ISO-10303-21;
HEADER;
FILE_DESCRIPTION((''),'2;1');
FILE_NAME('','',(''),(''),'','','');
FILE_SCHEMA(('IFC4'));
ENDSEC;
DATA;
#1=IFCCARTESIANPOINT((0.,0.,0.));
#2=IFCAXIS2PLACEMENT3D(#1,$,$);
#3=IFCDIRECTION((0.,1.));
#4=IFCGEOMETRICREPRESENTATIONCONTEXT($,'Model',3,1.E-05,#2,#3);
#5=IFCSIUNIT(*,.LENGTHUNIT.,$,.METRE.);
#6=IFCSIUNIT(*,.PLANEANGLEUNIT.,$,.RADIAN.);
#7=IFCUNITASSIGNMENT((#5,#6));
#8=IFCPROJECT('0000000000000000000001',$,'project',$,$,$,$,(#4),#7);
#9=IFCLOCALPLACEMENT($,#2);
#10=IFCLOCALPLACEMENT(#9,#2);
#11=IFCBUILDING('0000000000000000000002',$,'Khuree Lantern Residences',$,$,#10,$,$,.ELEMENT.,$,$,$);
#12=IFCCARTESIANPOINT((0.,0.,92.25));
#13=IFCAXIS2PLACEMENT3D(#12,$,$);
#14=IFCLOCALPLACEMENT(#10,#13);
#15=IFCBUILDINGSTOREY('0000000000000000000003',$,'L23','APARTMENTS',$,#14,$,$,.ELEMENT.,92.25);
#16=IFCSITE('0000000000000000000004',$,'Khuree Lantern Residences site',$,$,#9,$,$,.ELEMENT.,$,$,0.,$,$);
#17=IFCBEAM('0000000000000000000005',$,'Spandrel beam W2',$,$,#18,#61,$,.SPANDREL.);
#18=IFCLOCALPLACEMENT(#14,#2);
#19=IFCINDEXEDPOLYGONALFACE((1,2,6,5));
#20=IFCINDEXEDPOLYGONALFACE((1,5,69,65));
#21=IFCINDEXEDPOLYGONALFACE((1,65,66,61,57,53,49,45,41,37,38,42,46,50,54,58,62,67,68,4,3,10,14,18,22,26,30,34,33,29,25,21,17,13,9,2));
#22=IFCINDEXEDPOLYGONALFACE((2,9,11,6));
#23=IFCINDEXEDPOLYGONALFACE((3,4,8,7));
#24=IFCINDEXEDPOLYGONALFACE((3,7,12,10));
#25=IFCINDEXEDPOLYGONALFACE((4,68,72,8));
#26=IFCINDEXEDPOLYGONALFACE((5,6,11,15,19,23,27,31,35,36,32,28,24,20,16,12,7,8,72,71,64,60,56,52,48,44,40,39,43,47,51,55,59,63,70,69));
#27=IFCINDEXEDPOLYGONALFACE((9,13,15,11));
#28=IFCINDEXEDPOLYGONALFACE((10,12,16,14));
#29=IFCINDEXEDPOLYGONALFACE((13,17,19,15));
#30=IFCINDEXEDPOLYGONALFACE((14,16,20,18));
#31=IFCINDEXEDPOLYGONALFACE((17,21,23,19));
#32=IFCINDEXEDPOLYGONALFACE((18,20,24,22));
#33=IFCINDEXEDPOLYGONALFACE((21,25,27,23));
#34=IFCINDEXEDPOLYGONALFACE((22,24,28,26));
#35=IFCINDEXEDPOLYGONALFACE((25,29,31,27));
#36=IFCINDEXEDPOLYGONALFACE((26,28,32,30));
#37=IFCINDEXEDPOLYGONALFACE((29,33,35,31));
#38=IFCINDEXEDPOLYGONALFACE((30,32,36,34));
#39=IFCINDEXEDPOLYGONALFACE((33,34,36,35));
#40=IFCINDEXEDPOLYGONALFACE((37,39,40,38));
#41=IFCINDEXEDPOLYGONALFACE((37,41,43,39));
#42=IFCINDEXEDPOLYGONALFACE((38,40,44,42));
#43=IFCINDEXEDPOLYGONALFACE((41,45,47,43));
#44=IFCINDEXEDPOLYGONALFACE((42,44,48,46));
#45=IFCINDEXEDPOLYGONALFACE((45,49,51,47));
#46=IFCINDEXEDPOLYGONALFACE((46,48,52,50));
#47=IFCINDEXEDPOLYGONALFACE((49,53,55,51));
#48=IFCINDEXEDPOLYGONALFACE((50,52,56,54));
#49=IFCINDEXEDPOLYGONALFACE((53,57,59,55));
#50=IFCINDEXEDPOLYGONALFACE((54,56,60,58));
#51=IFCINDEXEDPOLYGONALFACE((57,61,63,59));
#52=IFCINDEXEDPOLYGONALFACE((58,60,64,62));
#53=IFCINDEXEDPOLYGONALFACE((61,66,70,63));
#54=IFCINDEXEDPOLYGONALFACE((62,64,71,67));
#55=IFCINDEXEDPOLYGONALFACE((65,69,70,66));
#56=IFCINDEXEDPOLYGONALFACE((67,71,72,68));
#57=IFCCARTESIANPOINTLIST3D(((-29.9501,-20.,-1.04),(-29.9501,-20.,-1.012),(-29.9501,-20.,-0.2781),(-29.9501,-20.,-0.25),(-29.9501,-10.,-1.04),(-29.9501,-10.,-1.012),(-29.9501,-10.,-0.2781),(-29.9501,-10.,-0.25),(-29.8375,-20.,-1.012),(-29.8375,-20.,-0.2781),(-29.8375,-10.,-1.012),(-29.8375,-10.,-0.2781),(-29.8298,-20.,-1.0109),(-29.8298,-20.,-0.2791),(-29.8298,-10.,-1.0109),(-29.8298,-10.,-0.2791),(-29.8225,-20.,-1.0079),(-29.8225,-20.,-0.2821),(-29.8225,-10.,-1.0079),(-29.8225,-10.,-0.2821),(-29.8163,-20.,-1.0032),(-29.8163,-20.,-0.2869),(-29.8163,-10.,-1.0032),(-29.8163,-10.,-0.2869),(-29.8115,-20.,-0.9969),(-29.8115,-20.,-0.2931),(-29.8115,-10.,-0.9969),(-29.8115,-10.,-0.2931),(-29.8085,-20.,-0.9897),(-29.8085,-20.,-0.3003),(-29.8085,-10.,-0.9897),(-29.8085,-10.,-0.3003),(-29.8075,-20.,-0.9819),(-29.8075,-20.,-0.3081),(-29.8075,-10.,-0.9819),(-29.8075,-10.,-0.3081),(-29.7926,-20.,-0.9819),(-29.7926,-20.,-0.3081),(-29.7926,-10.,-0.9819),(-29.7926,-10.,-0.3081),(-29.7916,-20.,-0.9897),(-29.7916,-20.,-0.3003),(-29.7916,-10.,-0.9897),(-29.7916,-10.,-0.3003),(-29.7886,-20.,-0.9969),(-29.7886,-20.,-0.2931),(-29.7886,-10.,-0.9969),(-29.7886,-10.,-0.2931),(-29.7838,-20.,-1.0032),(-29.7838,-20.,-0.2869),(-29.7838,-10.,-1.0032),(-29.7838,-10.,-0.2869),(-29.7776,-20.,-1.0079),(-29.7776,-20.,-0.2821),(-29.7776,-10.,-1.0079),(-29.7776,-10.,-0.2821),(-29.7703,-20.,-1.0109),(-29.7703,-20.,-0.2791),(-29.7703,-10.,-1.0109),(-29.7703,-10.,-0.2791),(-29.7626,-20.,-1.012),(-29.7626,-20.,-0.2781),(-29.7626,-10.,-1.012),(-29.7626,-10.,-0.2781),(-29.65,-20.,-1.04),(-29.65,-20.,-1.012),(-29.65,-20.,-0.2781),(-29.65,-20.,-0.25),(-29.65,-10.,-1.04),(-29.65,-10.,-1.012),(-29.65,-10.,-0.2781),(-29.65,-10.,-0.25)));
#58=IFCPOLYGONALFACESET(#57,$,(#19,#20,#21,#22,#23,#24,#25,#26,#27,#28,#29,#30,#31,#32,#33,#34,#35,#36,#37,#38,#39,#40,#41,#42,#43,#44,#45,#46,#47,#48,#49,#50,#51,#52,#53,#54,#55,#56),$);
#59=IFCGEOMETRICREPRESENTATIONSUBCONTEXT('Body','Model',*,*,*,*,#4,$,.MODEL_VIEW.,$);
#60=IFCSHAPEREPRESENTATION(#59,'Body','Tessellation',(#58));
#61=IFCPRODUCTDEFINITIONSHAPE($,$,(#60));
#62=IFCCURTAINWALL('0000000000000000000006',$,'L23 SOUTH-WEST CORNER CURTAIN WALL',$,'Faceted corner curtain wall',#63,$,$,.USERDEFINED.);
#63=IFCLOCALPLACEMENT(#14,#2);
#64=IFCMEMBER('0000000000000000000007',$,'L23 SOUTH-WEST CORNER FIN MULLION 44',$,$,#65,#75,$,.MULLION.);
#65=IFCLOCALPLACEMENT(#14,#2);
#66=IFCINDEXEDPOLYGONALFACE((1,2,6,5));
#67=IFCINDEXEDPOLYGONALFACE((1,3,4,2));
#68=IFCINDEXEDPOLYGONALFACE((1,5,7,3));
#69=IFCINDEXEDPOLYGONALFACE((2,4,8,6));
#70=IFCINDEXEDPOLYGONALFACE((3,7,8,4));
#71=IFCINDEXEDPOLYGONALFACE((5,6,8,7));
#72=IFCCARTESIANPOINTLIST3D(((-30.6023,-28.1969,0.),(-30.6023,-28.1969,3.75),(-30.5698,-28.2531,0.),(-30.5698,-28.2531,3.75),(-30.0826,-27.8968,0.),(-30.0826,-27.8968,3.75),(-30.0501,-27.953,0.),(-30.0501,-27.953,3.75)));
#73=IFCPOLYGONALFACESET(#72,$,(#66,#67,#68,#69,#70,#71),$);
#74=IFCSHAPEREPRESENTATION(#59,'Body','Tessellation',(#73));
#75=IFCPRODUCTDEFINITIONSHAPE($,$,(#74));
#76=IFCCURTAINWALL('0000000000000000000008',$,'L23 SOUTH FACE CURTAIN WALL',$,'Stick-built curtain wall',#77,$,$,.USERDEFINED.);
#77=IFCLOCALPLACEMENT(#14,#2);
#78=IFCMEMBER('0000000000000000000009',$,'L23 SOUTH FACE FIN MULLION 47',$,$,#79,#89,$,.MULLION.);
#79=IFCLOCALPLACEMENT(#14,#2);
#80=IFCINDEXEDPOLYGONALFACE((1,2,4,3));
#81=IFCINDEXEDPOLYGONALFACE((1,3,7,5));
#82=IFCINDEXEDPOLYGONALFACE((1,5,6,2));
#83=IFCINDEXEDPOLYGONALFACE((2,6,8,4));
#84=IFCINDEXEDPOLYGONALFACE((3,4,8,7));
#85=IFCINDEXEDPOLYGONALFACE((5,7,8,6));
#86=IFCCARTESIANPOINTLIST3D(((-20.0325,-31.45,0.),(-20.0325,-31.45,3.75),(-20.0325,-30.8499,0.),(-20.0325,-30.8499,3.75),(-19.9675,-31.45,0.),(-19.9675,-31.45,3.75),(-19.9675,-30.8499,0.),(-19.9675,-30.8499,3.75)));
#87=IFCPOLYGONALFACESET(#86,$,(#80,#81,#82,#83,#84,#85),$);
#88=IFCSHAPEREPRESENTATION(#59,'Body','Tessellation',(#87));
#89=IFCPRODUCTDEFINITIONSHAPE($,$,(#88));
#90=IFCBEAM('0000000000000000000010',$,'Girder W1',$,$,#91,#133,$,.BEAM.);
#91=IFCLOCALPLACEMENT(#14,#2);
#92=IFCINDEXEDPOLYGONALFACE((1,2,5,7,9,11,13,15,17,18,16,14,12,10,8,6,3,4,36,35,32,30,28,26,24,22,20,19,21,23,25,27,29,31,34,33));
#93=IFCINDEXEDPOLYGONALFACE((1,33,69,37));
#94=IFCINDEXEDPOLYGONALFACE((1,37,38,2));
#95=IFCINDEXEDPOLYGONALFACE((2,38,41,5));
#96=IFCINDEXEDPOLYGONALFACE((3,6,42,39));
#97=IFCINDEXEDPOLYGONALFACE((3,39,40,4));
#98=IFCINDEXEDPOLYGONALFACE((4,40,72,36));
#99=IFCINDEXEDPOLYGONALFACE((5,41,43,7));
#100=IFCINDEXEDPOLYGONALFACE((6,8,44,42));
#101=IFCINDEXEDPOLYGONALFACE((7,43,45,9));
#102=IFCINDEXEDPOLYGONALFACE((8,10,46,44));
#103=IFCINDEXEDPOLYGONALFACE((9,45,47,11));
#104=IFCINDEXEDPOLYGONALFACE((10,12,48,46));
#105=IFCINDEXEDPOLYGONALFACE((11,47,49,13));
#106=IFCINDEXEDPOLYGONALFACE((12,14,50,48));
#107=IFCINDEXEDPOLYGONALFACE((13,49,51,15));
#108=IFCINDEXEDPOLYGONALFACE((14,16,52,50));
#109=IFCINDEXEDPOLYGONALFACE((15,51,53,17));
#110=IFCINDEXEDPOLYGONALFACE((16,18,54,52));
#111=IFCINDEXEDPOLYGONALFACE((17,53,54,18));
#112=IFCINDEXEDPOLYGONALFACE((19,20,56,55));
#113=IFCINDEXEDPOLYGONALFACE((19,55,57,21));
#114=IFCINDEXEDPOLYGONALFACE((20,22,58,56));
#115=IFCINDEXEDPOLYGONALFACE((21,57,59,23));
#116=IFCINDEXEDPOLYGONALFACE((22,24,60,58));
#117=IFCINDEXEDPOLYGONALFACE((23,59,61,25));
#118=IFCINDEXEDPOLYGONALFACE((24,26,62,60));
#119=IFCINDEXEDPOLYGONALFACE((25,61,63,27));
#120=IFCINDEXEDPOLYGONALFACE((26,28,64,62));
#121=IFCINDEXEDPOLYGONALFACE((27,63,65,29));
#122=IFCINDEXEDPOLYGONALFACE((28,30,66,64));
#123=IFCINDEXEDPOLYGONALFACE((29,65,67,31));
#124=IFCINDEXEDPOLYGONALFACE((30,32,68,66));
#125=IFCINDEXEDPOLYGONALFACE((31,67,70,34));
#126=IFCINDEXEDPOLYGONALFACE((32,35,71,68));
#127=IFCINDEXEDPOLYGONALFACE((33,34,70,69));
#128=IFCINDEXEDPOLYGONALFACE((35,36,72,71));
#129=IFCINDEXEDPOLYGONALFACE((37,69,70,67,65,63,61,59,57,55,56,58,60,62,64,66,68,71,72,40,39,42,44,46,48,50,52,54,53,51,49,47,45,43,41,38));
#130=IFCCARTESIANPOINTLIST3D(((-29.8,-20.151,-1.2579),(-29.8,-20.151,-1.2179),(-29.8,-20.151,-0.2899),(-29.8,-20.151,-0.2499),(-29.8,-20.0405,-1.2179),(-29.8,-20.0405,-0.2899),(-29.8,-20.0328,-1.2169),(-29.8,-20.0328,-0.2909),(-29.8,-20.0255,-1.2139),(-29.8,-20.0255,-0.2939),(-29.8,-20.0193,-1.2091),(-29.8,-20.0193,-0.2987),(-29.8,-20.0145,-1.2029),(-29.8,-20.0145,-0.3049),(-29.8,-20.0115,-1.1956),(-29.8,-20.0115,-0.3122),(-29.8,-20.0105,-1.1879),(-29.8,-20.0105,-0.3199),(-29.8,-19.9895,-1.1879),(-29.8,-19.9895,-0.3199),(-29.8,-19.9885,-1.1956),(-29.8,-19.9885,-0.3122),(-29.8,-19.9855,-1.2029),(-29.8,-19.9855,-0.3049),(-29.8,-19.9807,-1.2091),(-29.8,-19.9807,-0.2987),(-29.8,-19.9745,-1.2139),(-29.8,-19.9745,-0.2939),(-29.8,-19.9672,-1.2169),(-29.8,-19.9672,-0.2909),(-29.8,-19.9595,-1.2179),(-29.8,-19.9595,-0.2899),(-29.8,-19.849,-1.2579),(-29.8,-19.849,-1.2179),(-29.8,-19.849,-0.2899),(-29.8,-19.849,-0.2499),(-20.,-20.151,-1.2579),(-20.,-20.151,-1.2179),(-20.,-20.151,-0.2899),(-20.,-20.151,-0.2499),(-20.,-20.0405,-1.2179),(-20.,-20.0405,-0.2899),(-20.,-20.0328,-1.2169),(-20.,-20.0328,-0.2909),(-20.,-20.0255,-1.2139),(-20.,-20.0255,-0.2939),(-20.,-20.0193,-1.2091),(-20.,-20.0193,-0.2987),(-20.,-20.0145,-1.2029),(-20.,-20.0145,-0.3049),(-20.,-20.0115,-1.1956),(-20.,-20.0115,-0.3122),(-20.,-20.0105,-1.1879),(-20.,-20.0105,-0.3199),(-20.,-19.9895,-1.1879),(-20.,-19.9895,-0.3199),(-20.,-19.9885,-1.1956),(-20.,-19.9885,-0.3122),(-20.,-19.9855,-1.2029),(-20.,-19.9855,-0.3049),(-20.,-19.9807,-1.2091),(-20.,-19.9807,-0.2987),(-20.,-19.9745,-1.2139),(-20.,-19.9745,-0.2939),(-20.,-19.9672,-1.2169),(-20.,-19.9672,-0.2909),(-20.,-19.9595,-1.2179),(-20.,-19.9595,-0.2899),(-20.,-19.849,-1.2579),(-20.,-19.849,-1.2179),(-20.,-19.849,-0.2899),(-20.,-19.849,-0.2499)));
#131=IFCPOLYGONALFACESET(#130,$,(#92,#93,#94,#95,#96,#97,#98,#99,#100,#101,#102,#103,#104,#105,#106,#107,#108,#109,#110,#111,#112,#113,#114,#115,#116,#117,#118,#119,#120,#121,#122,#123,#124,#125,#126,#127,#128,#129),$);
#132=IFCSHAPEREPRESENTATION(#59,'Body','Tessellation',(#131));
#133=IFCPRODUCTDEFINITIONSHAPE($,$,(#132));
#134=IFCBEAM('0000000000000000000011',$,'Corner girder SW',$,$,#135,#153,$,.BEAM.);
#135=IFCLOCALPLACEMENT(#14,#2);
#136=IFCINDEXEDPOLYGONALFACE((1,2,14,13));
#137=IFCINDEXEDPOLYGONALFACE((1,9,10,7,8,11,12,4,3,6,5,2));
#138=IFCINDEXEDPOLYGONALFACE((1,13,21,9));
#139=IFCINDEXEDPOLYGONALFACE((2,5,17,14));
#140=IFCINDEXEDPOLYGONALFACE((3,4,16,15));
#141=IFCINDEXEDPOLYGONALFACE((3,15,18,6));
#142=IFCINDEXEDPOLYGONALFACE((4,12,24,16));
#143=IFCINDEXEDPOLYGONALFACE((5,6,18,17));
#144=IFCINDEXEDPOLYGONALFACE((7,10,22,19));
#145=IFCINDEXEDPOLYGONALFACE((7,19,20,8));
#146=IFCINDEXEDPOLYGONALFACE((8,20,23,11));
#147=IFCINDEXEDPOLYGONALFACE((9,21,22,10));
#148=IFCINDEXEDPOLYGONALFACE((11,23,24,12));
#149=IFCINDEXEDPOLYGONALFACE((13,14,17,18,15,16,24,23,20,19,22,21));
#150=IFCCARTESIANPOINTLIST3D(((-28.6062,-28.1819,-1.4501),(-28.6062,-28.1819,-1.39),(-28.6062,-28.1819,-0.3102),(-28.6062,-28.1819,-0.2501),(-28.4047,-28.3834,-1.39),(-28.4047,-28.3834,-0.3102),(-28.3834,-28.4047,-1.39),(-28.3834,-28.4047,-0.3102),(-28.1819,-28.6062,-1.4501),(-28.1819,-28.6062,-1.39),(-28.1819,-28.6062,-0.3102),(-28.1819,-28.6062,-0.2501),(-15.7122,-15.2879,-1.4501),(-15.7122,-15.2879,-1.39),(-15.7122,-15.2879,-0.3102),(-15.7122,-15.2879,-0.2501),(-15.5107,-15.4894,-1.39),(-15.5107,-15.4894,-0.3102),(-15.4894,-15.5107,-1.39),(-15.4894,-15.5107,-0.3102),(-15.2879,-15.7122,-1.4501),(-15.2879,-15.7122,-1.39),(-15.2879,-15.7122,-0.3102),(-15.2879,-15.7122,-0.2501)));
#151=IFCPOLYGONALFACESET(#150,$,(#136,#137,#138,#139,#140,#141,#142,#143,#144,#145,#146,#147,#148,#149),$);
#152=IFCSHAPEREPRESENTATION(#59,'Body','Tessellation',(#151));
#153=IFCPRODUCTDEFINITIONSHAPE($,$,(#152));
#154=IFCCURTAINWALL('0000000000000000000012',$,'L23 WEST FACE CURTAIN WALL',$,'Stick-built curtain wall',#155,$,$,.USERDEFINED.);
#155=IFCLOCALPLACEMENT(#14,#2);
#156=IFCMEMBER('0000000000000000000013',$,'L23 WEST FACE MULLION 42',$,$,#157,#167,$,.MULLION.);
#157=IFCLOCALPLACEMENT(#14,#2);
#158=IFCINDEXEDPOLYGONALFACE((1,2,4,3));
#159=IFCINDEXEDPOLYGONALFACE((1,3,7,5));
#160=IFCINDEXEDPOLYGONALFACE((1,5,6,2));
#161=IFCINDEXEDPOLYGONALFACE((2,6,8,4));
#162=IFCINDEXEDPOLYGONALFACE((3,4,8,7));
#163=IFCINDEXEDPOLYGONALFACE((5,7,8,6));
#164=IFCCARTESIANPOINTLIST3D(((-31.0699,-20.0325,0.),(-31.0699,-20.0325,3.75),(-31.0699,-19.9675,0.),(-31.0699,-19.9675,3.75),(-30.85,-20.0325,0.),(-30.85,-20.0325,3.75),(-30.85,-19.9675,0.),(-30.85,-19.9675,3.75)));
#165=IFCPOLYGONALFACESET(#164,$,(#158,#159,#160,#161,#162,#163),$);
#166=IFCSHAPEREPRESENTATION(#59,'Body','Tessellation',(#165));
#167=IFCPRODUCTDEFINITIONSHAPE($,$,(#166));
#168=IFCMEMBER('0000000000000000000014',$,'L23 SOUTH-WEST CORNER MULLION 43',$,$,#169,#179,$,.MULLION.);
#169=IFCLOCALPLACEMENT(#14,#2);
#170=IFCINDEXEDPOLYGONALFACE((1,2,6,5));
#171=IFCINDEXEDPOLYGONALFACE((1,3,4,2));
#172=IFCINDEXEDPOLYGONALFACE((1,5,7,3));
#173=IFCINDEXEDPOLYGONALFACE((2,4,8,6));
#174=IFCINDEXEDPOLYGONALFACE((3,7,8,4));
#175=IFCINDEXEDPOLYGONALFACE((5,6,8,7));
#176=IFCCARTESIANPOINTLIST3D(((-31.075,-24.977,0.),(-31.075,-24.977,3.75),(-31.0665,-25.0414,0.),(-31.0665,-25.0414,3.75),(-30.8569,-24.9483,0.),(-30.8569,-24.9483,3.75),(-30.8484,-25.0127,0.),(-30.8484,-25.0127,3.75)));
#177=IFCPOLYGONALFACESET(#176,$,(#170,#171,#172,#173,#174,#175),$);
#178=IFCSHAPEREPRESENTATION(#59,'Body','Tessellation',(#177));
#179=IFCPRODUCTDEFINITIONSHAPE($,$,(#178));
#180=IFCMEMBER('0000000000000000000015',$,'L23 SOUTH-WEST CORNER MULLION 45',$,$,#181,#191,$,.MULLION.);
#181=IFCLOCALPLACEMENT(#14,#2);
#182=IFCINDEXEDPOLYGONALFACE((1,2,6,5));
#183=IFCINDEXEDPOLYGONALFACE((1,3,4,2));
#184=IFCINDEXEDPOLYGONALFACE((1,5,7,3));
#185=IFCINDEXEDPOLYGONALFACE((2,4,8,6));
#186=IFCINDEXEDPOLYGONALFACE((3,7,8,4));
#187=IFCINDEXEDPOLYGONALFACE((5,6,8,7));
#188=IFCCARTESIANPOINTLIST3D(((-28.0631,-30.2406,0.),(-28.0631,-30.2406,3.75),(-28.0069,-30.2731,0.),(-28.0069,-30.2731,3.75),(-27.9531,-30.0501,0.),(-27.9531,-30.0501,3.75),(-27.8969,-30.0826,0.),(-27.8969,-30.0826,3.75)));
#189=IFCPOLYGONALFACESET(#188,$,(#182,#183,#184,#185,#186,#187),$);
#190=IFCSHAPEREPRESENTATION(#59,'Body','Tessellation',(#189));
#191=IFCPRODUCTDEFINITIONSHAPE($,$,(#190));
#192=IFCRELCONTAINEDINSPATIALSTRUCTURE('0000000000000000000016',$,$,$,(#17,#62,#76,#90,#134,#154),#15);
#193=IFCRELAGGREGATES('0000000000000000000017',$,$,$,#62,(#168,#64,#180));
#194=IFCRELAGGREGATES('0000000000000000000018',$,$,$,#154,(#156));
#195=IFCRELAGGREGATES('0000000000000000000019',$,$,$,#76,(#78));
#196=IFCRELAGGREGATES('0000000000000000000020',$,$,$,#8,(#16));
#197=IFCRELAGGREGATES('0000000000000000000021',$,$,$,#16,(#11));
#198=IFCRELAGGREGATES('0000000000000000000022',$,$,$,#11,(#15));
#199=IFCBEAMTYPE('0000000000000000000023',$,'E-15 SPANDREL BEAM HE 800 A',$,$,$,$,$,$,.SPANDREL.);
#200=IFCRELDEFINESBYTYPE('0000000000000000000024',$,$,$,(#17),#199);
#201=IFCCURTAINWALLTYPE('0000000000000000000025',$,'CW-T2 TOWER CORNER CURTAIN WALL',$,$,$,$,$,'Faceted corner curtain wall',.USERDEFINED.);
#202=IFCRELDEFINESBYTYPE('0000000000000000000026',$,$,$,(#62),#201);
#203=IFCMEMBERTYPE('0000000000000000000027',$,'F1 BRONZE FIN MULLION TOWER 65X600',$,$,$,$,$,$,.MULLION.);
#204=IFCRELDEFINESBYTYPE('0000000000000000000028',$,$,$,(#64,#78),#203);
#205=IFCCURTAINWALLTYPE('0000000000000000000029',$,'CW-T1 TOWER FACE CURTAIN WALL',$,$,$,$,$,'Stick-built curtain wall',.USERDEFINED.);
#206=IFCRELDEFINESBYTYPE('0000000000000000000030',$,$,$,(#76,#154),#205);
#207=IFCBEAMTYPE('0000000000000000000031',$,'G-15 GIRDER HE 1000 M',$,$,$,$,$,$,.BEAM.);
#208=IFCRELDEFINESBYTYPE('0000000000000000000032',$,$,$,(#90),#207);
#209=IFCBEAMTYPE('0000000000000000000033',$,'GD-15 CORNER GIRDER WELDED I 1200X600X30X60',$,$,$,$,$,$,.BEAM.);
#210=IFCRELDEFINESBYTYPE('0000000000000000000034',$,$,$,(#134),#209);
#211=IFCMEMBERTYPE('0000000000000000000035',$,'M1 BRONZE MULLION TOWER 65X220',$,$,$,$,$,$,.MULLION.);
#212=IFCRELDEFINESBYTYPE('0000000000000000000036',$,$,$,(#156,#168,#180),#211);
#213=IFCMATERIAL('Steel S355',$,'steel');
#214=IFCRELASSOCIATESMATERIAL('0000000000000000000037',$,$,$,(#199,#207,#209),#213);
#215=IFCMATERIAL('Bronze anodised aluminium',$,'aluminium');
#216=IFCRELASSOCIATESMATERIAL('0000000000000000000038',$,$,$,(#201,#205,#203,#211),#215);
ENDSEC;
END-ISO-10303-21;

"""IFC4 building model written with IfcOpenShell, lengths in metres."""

from ifc_helpers import new_model, si_unit, direction, frame, origin, origin_2d, place, context, subcontext, project, spatial, rectangle, i_section, extrude, material, material_profile, profile_set, type_object, element, aggregate, save


model = new_model("IFC4")

# Units and contexts
model_context = context("Model", 3, precision=1e-05, world=origin(), true_north=direction((0.0, 1.0)))
body_context = subcontext(model_context, "Body", "Model", "MODEL_VIEW")
ifc_project = project(units=[si_unit("LENGTHUNIT", "METRE"), si_unit("PLANEANGLEUNIT", "RADIAN")], contexts=[model_context])

# Site, building, storey
site_placement = place(None, origin())
site = spatial("IfcSite", under=ifc_project, at=site_placement, Name="Khuree Lantern Residences site", CompositionType="ELEMENT", RefElevation=0.0)
building_placement = place(site_placement, origin())
building = spatial("IfcBuilding", under=site, at=building_placement, Name="Khuree Lantern Residences", CompositionType="ELEMENT")
storey_placement = place(building_placement, frame((0.0, 0.0, 92.25)))
storey = spatial("IfcBuildingStorey", under=building, at=storey_placement, Name="L23", Description="APARTMENTS", CompositionType="ELEMENT", Elevation=92.25)

# Beam
ifc_material_1 = material(Name="Steel S355", Category="steel")
ifc_material_profile_1 = material_profile(ifc_material_1, i_section(OverallWidth=0.3, OverallDepth=0.79, WebThickness=0.0149, FlangeThickness=0.0281, FilletRadius=0.03, at=origin_2d()), Name="HE 800 A")
ifc_profile_set_1 = profile_set([ifc_material_profile_1], Name="Steel S355")
beam_type_1 = type_object("IfcBeamType", Name="E-15 SPANDREL BEAM HE 800 A", PredefinedType="SPANDREL", material=ifc_profile_set_1)
beam_1_placement = place(storey_placement, frame((-29.8, -20.0, -0.645), z_axis=(0.0, 1.0, 0.0), x_axis=(-1.0, 0.0, 0.0)))
element("IfcBeam", 1, at=beam_1_placement, inside=storey, type_object=beam_type_1, Name="Spandrel beam W2", PredefinedType="SPANDREL", context=body_context, shape_type="SweptSolid", body=[
    extrude(i_section(OverallWidth=0.3, OverallDepth=0.79, WebThickness=0.0149, FlangeThickness=0.0281, FilletRadius=0.03, at=origin_2d()), origin(), (0.0, 0.0, 1.0), 10.0),
])

# Curtain walls, members
ifc_material_2 = material(Name="Bronze anodised aluminium", Category="aluminium")
curtain_wall_type_1 = type_object("IfcCurtainWallType", Name="CW-T2 TOWER CORNER CURTAIN WALL", ElementType="Faceted corner curtain wall", PredefinedType="USERDEFINED", material=ifc_material_2)
curtain_wall_1_placement = place(storey_placement, origin())
curtain_wall_1 = element("IfcCurtainWall", 2, at=curtain_wall_1_placement, inside=storey, type_object=curtain_wall_type_1, Name="L23 SOUTH-WEST CORNER CURTAIN WALL", ObjectType="Faceted corner curtain wall", PredefinedType="USERDEFINED")
ifc_material_profile_2 = material_profile(ifc_material_2, rectangle(XDim=0.0649, YDim=0.6001, at=origin_2d()), Name="F1 65X600")
ifc_profile_set_2 = profile_set([ifc_material_profile_2], Name="Bronze anodised aluminium")
member_type_1 = type_object("IfcMemberType", Name="F1 BRONZE FIN MULLION TOWER 65X600", PredefinedType="MULLION", material=ifc_profile_set_2)
member_1_placement = place(storey_placement, frame((-30.3262, -28.075, 0.0), z_axis=(0.0, 0.0, 1.0), x_axis=(0.5, -0.866025, 0.0)))
member_1 = element("IfcMember", 3, at=member_1_placement, type_object=member_type_1, Name="L23 SOUTH-WEST CORNER FIN MULLION 44", PredefinedType="MULLION", context=body_context, shape_type="SweptSolid", body=[
    extrude(rectangle(XDim=0.0649, YDim=0.6001, at=origin_2d()), origin(), (0.0, 0.0, 1.0), 3.75),
])
curtain_wall_type_2 = type_object("IfcCurtainWallType", Name="CW-T1 TOWER FACE CURTAIN WALL", ElementType="Stick-built curtain wall", PredefinedType="USERDEFINED", material=ifc_material_2)
curtain_wall_2_placement = place(storey_placement, origin())
curtain_wall_2 = element("IfcCurtainWall", 4, at=curtain_wall_2_placement, inside=storey, type_object=curtain_wall_type_2, Name="L23 SOUTH FACE CURTAIN WALL", ObjectType="Stick-built curtain wall", PredefinedType="USERDEFINED")
member_2_placement = place(storey_placement, frame((-20.0, -31.1499, 0.0), z_axis=(0.0, 0.0, 1.0), x_axis=(1.0, 0.0, 0.0)))
member_2 = element("IfcMember", 5, at=member_2_placement, type_object=member_type_1, Name="L23 SOUTH FACE FIN MULLION 47", PredefinedType="MULLION", context=body_context, shape_type="SweptSolid", body=[
    extrude(rectangle(XDim=0.0649, YDim=0.6001, at=origin_2d()), origin(), (0.0, 0.0, 1.0), 3.75),
])

# Beams
ifc_material_profile_3 = material_profile(ifc_material_1, i_section(OverallWidth=0.302, OverallDepth=1.0081, WebThickness=0.021, FlangeThickness=0.04, FilletRadius=0.03, at=origin_2d()), Name="HE 1000 M")
ifc_profile_set_3 = profile_set([ifc_material_profile_3], Name="Steel S355")
beam_type_2 = type_object("IfcBeamType", Name="G-15 GIRDER HE 1000 M", PredefinedType="BEAM", material=ifc_profile_set_3)
beam_2_placement = place(storey_placement, frame((-29.8, -20.0, -0.7539), z_axis=(1.0, 0.0, 0.0), x_axis=(0.0, 1.0, 0.0)))
element("IfcBeam", 6, at=beam_2_placement, inside=storey, type_object=beam_type_2, Name="Girder W1", PredefinedType="BEAM", context=body_context, shape_type="SweptSolid", body=[
    extrude(i_section(OverallWidth=0.302, OverallDepth=1.0081, WebThickness=0.021, FlangeThickness=0.04, FilletRadius=0.03, at=origin_2d()), origin(), (0.0, 0.0, 1.0), 9.8),
])
ifc_material_profile_4 = material_profile(ifc_material_1, i_section(OverallWidth=0.6001, OverallDepth=1.2, WebThickness=0.03, FlangeThickness=0.0601, at=origin_2d()), Name="WELDED I 1200X600X30X60")
ifc_profile_set_4 = profile_set([ifc_material_profile_4], Name="Steel S355")
beam_type_3 = type_object("IfcBeamType", Name="GD-15 CORNER GIRDER WELDED I 1200X600X30X60", PredefinedType="BEAM", material=ifc_profile_set_4)
beam_3_placement = place(storey_placement, frame((-28.394, -28.394, -0.8501), z_axis=(0.707107, 0.707107, 0.0), x_axis=(-0.707107, 0.707107, 0.0)))
element("IfcBeam", 7, at=beam_3_placement, inside=storey, type_object=beam_type_3, Name="Corner girder SW", PredefinedType="BEAM", context=body_context, shape_type="SweptSolid", body=[
    extrude(i_section(OverallWidth=0.6001, OverallDepth=1.2, WebThickness=0.03, FlangeThickness=0.0601, at=origin_2d()), origin(), (0.0, 0.0, 1.0), 18.2349),
])

# Curtain wall, member
curtain_wall_3_placement = place(storey_placement, origin())
curtain_wall_3 = element("IfcCurtainWall", 8, at=curtain_wall_3_placement, inside=storey, type_object=curtain_wall_type_2, Name="L23 WEST FACE CURTAIN WALL", ObjectType="Stick-built curtain wall", PredefinedType="USERDEFINED")
ifc_material_profile_5 = material_profile(ifc_material_2, rectangle(XDim=0.0649, YDim=0.22, at=origin_2d()), Name="M1 65X220")
ifc_profile_set_5 = profile_set([ifc_material_profile_5], Name="Bronze anodised aluminium")
member_type_2 = type_object("IfcMemberType", Name="M1 BRONZE MULLION TOWER 65X220", PredefinedType="MULLION", material=ifc_profile_set_5)
member_3_placement = place(storey_placement, frame((-30.96, -20.0, 0.0), z_axis=(0.0, 0.0, 1.0), x_axis=(0.0, -1.0, 0.0)))
member_3 = element("IfcMember", 9, at=member_3_placement, type_object=member_type_2, Name="L23 WEST FACE MULLION 42", PredefinedType="MULLION", context=body_context, shape_type="SweptSolid", body=[
    extrude(rectangle(XDim=0.0649, YDim=0.22, at=origin_2d()), origin(), (0.0, 0.0, 1.0), 3.75),
])

# Members
member_4_placement = place(storey_placement, frame((-30.9617, -24.9949, 0.0), z_axis=(0.0, 0.0, 1.0), x_axis=(0.130526, -0.991445, 0.0)))
member_4 = element("IfcMember", 10, at=member_4_placement, type_object=member_type_2, Name="L23 SOUTH-WEST CORNER MULLION 43", PredefinedType="MULLION", context=body_context, shape_type="SweptSolid", body=[
    extrude(rectangle(XDim=0.0649, YDim=0.22, at=origin_2d()), origin(), (0.0, 0.0, 1.0), 3.75),
])
member_5_placement = place(storey_placement, frame((-27.98, -30.1616, 0.0), z_axis=(0.0, 0.0, 1.0), x_axis=(0.866025, -0.5, 0.0)))
member_5 = element("IfcMember", 11, at=member_5_placement, type_object=member_type_2, Name="L23 SOUTH-WEST CORNER MULLION 45", PredefinedType="MULLION", context=body_context, shape_type="SweptSolid", body=[
    extrude(rectangle(XDim=0.0649, YDim=0.22, at=origin_2d()), origin(), (0.0, 0.0, 1.0), 3.75),
])

aggregate(curtain_wall_1, [member_4, member_1, member_5])
aggregate(curtain_wall_3, [member_3])
aggregate(curtain_wall_2, [member_2])

save(model, "model.ifc")
